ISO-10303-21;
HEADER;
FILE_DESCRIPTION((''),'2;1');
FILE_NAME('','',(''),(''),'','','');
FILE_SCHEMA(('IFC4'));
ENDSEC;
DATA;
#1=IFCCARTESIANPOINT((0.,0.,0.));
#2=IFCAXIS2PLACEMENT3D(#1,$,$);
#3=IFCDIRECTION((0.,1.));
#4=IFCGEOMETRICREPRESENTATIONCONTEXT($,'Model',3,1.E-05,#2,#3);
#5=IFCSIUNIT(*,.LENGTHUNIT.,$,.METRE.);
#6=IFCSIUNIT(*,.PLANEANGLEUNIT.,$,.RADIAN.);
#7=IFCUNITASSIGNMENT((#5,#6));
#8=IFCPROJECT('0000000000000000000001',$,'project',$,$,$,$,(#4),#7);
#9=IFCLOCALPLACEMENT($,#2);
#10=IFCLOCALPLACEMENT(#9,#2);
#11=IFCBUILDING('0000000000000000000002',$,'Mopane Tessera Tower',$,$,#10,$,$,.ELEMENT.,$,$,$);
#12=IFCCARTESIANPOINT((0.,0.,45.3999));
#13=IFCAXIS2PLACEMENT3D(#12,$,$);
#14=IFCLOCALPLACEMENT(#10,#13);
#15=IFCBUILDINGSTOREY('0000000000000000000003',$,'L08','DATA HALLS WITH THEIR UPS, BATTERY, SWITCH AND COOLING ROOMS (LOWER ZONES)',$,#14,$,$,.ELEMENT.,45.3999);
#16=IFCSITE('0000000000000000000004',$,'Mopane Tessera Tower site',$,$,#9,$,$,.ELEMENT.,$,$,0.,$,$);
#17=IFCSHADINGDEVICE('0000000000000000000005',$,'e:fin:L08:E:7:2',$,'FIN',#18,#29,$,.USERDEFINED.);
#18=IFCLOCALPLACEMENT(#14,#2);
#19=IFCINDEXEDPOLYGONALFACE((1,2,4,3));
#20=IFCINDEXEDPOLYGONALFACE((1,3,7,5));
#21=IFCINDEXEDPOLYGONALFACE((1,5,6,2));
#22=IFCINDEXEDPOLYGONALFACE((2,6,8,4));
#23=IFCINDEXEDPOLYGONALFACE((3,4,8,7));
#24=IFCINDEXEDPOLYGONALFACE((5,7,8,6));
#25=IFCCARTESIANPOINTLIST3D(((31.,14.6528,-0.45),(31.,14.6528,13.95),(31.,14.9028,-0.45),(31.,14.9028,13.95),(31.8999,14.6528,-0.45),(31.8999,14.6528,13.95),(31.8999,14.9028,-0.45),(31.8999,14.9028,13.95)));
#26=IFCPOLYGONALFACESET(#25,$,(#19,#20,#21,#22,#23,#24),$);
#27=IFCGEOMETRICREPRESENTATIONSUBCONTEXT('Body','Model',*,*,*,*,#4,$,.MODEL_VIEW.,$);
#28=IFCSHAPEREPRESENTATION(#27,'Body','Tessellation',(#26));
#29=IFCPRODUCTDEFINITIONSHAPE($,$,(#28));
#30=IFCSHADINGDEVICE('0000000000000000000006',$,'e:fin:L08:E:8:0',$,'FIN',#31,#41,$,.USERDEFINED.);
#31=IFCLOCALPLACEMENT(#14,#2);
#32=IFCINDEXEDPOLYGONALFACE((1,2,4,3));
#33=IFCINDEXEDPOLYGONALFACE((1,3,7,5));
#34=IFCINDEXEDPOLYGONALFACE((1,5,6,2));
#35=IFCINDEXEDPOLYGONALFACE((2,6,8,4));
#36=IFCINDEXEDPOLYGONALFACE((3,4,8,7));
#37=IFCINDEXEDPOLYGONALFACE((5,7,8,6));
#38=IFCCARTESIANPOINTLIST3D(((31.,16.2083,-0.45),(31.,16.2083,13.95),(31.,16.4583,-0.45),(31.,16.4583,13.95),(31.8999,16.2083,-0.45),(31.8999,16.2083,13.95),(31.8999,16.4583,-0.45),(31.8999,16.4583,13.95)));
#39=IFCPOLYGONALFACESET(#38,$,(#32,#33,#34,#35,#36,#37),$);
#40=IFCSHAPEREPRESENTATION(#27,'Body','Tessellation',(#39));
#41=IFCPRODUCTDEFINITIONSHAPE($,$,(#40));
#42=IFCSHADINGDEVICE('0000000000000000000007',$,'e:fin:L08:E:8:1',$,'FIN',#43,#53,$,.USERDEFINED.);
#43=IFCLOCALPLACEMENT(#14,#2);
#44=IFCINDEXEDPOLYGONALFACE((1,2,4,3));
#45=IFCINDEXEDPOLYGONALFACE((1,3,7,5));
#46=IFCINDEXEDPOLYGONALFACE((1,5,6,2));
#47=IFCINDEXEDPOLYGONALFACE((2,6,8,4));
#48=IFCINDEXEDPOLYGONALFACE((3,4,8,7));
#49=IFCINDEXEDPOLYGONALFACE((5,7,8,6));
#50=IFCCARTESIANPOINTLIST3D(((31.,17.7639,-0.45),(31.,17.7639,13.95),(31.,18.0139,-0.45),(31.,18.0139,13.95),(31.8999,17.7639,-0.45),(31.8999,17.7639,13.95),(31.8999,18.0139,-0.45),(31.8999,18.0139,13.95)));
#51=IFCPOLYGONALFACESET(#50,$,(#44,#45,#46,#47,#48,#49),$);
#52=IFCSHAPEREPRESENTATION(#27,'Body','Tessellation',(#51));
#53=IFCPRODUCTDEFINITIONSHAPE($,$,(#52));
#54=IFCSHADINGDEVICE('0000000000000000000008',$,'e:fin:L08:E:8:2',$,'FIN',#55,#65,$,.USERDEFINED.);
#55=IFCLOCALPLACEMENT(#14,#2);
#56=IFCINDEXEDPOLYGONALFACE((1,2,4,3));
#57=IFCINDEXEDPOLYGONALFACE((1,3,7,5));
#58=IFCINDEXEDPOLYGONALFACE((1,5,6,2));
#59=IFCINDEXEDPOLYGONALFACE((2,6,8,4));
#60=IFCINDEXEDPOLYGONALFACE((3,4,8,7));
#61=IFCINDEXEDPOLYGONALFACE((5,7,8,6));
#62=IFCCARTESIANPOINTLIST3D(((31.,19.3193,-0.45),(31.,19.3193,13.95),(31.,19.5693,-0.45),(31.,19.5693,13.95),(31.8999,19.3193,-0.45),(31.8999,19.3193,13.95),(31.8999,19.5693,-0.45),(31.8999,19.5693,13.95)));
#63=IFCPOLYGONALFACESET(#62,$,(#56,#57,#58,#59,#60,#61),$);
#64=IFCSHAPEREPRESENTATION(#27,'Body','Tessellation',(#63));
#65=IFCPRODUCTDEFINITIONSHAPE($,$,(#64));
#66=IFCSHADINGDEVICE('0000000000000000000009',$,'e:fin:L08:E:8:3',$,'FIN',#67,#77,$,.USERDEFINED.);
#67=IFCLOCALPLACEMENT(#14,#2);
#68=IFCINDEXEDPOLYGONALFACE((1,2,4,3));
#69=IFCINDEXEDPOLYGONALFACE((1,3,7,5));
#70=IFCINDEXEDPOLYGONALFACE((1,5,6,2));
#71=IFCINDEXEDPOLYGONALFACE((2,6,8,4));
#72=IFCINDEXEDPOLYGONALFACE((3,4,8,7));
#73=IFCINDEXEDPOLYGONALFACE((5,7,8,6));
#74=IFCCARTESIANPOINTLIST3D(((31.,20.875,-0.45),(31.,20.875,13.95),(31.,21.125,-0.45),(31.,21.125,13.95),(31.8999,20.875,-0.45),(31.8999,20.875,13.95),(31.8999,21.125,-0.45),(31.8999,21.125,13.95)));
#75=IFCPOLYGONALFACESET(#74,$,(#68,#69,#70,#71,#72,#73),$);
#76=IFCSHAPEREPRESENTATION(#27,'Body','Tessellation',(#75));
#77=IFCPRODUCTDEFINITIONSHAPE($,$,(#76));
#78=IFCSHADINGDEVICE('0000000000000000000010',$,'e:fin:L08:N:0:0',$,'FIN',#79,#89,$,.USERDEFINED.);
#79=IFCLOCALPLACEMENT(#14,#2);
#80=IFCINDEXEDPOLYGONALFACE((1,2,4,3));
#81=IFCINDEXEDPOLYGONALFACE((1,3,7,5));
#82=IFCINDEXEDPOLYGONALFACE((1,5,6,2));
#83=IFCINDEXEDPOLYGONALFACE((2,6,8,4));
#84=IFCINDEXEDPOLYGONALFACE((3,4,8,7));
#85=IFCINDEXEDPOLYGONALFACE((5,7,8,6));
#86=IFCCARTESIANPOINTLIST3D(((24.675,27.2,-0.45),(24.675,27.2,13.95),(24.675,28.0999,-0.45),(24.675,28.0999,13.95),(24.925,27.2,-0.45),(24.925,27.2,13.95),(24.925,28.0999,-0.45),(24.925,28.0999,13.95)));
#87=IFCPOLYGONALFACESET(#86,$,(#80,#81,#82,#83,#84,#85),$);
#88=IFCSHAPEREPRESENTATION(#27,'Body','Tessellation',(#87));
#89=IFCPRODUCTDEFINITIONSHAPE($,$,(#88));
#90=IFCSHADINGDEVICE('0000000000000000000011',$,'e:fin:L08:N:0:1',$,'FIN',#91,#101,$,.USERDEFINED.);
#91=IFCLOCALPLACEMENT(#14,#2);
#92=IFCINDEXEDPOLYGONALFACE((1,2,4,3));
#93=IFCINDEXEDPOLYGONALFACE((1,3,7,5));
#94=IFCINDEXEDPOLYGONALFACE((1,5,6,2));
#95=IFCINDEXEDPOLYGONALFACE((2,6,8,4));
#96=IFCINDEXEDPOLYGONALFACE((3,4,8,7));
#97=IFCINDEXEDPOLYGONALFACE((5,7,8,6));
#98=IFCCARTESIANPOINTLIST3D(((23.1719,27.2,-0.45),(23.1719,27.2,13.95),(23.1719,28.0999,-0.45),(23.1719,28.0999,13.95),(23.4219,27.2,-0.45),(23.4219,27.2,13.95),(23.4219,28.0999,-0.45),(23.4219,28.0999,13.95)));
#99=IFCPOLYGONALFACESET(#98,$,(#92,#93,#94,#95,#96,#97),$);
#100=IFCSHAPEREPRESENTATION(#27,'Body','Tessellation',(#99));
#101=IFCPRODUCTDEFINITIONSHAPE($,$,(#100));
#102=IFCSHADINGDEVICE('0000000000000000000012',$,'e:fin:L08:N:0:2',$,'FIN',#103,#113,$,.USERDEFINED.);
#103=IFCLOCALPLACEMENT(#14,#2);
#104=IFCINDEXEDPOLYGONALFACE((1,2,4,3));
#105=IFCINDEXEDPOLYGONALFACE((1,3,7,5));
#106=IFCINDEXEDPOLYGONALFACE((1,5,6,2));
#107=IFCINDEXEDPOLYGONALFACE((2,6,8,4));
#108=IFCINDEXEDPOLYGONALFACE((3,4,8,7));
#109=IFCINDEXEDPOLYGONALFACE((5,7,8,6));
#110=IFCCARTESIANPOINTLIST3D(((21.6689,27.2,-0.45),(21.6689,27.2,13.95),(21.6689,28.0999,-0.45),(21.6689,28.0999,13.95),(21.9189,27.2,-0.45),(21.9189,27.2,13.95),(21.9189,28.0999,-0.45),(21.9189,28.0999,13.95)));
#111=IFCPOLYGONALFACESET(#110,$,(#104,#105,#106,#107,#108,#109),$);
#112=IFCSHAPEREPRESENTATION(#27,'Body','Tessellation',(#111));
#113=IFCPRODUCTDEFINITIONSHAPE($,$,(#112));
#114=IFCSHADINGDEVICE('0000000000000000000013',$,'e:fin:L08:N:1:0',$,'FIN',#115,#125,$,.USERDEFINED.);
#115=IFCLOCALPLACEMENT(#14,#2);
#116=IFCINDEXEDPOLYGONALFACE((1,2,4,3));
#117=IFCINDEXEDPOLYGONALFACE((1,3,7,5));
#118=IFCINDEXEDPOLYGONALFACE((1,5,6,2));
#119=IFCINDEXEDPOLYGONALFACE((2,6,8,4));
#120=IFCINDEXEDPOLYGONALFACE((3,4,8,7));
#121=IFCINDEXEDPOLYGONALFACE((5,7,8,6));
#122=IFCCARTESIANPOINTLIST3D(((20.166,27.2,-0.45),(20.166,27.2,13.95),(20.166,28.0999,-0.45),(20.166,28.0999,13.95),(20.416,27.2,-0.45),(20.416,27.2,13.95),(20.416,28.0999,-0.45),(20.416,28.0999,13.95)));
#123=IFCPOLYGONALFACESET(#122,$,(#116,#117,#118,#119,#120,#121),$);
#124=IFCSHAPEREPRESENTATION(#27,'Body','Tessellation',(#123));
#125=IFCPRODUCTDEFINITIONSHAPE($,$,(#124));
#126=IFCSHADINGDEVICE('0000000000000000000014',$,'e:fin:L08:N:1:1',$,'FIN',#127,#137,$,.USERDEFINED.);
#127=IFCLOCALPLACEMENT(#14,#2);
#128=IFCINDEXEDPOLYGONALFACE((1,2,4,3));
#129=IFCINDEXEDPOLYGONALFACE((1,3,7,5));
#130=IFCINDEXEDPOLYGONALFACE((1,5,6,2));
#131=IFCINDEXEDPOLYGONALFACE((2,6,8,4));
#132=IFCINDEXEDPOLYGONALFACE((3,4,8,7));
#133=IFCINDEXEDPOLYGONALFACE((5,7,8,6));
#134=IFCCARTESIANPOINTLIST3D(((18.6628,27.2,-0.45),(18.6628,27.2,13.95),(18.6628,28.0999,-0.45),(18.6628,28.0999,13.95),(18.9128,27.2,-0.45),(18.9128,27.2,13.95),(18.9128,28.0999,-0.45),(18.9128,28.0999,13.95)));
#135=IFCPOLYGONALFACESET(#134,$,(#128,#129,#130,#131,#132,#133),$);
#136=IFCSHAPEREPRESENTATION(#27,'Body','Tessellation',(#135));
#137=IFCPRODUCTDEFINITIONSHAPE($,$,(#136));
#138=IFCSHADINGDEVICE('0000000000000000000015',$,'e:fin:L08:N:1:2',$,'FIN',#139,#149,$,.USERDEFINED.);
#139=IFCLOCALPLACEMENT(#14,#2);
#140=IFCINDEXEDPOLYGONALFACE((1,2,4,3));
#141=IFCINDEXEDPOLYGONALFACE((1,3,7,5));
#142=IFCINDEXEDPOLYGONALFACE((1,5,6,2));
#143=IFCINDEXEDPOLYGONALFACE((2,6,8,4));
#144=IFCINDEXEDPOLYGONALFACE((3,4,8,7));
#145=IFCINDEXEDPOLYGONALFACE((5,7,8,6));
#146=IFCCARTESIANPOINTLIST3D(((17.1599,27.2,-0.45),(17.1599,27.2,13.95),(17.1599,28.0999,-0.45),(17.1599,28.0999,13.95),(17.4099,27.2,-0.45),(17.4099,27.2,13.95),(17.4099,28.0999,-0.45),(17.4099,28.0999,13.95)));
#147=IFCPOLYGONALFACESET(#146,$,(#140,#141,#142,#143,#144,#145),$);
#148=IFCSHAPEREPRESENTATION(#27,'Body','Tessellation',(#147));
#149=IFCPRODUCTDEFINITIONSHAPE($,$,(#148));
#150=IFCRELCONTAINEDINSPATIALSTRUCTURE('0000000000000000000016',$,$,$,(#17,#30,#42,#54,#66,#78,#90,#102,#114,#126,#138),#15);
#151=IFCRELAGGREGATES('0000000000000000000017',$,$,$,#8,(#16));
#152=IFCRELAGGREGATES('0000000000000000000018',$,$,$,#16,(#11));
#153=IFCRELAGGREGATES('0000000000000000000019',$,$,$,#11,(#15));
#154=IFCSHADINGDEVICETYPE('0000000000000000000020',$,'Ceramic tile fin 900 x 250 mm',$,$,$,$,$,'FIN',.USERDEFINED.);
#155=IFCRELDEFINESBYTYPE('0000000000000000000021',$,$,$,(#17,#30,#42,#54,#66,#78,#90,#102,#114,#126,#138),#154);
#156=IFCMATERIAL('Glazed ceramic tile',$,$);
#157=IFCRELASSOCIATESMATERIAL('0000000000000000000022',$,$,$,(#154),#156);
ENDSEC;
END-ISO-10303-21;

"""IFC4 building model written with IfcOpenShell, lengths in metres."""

from ifc_helpers import new_model, si_unit, direction, frame, origin, origin_2d, place, context, subcontext, project, spatial, rectangle, extrude, material, type_object, element, save


model = new_model("IFC4")

# Units and contexts
model_context = context("Model", 3, precision=1e-05, world=origin(), true_north=direction((0.0, 1.0)))
body_context = subcontext(model_context, "Body", "Model", "MODEL_VIEW")
ifc_project = project(units=[si_unit("LENGTHUNIT", "METRE"), si_unit("PLANEANGLEUNIT", "RADIAN")], contexts=[model_context])

# Site, building, storey
site_placement = place(None, origin())
site = spatial("IfcSite", under=ifc_project, at=site_placement, Name="Mopane Tessera Tower site", CompositionType="ELEMENT", RefElevation=0.0)
building_placement = place(site_placement, origin())
building = spatial("IfcBuilding", under=site, at=building_placement, Name="Mopane Tessera Tower", CompositionType="ELEMENT")
storey_placement = place(building_placement, frame((0.0, 0.0, 45.3999)))
storey = spatial("IfcBuildingStorey", under=building, at=storey_placement, Name="L08", Description="DATA HALLS WITH THEIR UPS, BATTERY, SWITCH AND COOLING ROOMS (LOWER ZONES)", CompositionType="ELEMENT", Elevation=45.3999)

# Shading devices
ifc_material_1 = material(Name="Glazed ceramic tile")
shading_device_type = type_object("IfcShadingDeviceType", Name="Ceramic tile fin 900 x 250 mm", ElementType="FIN", PredefinedType="USERDEFINED", material=ifc_material_1)
for number, where, z_axis, x_axis, name in (
    (1, (31.45, 14.7778, -0.45), (0.0, 0.0, 1.0), (0.0, 1.0, 0.0), "e:fin:L08:E:7:2"),
    (2, (31.45, 16.3333, -0.45), (0.0, 0.0, 1.0), (0.0, 1.0, 0.0), "e:fin:L08:E:8:0"),
    (3, (31.45, 17.8889, -0.45), (0.0, 0.0, 1.0), (0.0, 1.0, 0.0), "e:fin:L08:E:8:1"),
    (4, (31.45, 19.4443, -0.45), (0.0, 0.0, 1.0), (0.0, 1.0, 0.0), "e:fin:L08:E:8:2"),
    (5, (31.45, 21.0, -0.45), (0.0, 0.0, 1.0), (0.0, 1.0, 0.0), "e:fin:L08:E:8:3"),
    (6, (24.8, 27.6499, -0.45), (0.0, 0.0, 1.0), (-1.0, 0.0, 0.0), "e:fin:L08:N:0:0"),
    (7, (23.2969, 27.6499, -0.45), (0.0, 0.0, 1.0), (-1.0, 0.0, 0.0), "e:fin:L08:N:0:1"),
    (8, (21.7939, 27.6499, -0.45), (0.0, 0.0, 1.0), (-1.0, 0.0, 0.0), "e:fin:L08:N:0:2"),
    (9, (20.291, 27.6499, -0.45), (0.0, 0.0, 1.0), (-1.0, 0.0, 0.0), "e:fin:L08:N:1:0"),
    (10, (18.7878, 27.6499, -0.45), (0.0, 0.0, 1.0), (-1.0, 0.0, 0.0), "e:fin:L08:N:1:1"),
    (11, (17.2849, 27.6499, -0.45), (0.0, 0.0, 1.0), (-1.0, 0.0, 0.0), "e:fin:L08:N:1:2"),
):
    element("IfcShadingDevice", number, at=place(storey_placement, frame(where, z_axis=z_axis, x_axis=x_axis)), inside=storey, type_object=shading_device_type, Name=name, ObjectType="FIN", PredefinedType="USERDEFINED", context=body_context, shape_type="SweptSolid", body=[
        extrude(rectangle(XDim=0.25, YDim=0.8999, at=origin_2d()), origin(), (0.0, 0.0, 1.0), 14.3999),
    ])

save(model, "model.ifc")
